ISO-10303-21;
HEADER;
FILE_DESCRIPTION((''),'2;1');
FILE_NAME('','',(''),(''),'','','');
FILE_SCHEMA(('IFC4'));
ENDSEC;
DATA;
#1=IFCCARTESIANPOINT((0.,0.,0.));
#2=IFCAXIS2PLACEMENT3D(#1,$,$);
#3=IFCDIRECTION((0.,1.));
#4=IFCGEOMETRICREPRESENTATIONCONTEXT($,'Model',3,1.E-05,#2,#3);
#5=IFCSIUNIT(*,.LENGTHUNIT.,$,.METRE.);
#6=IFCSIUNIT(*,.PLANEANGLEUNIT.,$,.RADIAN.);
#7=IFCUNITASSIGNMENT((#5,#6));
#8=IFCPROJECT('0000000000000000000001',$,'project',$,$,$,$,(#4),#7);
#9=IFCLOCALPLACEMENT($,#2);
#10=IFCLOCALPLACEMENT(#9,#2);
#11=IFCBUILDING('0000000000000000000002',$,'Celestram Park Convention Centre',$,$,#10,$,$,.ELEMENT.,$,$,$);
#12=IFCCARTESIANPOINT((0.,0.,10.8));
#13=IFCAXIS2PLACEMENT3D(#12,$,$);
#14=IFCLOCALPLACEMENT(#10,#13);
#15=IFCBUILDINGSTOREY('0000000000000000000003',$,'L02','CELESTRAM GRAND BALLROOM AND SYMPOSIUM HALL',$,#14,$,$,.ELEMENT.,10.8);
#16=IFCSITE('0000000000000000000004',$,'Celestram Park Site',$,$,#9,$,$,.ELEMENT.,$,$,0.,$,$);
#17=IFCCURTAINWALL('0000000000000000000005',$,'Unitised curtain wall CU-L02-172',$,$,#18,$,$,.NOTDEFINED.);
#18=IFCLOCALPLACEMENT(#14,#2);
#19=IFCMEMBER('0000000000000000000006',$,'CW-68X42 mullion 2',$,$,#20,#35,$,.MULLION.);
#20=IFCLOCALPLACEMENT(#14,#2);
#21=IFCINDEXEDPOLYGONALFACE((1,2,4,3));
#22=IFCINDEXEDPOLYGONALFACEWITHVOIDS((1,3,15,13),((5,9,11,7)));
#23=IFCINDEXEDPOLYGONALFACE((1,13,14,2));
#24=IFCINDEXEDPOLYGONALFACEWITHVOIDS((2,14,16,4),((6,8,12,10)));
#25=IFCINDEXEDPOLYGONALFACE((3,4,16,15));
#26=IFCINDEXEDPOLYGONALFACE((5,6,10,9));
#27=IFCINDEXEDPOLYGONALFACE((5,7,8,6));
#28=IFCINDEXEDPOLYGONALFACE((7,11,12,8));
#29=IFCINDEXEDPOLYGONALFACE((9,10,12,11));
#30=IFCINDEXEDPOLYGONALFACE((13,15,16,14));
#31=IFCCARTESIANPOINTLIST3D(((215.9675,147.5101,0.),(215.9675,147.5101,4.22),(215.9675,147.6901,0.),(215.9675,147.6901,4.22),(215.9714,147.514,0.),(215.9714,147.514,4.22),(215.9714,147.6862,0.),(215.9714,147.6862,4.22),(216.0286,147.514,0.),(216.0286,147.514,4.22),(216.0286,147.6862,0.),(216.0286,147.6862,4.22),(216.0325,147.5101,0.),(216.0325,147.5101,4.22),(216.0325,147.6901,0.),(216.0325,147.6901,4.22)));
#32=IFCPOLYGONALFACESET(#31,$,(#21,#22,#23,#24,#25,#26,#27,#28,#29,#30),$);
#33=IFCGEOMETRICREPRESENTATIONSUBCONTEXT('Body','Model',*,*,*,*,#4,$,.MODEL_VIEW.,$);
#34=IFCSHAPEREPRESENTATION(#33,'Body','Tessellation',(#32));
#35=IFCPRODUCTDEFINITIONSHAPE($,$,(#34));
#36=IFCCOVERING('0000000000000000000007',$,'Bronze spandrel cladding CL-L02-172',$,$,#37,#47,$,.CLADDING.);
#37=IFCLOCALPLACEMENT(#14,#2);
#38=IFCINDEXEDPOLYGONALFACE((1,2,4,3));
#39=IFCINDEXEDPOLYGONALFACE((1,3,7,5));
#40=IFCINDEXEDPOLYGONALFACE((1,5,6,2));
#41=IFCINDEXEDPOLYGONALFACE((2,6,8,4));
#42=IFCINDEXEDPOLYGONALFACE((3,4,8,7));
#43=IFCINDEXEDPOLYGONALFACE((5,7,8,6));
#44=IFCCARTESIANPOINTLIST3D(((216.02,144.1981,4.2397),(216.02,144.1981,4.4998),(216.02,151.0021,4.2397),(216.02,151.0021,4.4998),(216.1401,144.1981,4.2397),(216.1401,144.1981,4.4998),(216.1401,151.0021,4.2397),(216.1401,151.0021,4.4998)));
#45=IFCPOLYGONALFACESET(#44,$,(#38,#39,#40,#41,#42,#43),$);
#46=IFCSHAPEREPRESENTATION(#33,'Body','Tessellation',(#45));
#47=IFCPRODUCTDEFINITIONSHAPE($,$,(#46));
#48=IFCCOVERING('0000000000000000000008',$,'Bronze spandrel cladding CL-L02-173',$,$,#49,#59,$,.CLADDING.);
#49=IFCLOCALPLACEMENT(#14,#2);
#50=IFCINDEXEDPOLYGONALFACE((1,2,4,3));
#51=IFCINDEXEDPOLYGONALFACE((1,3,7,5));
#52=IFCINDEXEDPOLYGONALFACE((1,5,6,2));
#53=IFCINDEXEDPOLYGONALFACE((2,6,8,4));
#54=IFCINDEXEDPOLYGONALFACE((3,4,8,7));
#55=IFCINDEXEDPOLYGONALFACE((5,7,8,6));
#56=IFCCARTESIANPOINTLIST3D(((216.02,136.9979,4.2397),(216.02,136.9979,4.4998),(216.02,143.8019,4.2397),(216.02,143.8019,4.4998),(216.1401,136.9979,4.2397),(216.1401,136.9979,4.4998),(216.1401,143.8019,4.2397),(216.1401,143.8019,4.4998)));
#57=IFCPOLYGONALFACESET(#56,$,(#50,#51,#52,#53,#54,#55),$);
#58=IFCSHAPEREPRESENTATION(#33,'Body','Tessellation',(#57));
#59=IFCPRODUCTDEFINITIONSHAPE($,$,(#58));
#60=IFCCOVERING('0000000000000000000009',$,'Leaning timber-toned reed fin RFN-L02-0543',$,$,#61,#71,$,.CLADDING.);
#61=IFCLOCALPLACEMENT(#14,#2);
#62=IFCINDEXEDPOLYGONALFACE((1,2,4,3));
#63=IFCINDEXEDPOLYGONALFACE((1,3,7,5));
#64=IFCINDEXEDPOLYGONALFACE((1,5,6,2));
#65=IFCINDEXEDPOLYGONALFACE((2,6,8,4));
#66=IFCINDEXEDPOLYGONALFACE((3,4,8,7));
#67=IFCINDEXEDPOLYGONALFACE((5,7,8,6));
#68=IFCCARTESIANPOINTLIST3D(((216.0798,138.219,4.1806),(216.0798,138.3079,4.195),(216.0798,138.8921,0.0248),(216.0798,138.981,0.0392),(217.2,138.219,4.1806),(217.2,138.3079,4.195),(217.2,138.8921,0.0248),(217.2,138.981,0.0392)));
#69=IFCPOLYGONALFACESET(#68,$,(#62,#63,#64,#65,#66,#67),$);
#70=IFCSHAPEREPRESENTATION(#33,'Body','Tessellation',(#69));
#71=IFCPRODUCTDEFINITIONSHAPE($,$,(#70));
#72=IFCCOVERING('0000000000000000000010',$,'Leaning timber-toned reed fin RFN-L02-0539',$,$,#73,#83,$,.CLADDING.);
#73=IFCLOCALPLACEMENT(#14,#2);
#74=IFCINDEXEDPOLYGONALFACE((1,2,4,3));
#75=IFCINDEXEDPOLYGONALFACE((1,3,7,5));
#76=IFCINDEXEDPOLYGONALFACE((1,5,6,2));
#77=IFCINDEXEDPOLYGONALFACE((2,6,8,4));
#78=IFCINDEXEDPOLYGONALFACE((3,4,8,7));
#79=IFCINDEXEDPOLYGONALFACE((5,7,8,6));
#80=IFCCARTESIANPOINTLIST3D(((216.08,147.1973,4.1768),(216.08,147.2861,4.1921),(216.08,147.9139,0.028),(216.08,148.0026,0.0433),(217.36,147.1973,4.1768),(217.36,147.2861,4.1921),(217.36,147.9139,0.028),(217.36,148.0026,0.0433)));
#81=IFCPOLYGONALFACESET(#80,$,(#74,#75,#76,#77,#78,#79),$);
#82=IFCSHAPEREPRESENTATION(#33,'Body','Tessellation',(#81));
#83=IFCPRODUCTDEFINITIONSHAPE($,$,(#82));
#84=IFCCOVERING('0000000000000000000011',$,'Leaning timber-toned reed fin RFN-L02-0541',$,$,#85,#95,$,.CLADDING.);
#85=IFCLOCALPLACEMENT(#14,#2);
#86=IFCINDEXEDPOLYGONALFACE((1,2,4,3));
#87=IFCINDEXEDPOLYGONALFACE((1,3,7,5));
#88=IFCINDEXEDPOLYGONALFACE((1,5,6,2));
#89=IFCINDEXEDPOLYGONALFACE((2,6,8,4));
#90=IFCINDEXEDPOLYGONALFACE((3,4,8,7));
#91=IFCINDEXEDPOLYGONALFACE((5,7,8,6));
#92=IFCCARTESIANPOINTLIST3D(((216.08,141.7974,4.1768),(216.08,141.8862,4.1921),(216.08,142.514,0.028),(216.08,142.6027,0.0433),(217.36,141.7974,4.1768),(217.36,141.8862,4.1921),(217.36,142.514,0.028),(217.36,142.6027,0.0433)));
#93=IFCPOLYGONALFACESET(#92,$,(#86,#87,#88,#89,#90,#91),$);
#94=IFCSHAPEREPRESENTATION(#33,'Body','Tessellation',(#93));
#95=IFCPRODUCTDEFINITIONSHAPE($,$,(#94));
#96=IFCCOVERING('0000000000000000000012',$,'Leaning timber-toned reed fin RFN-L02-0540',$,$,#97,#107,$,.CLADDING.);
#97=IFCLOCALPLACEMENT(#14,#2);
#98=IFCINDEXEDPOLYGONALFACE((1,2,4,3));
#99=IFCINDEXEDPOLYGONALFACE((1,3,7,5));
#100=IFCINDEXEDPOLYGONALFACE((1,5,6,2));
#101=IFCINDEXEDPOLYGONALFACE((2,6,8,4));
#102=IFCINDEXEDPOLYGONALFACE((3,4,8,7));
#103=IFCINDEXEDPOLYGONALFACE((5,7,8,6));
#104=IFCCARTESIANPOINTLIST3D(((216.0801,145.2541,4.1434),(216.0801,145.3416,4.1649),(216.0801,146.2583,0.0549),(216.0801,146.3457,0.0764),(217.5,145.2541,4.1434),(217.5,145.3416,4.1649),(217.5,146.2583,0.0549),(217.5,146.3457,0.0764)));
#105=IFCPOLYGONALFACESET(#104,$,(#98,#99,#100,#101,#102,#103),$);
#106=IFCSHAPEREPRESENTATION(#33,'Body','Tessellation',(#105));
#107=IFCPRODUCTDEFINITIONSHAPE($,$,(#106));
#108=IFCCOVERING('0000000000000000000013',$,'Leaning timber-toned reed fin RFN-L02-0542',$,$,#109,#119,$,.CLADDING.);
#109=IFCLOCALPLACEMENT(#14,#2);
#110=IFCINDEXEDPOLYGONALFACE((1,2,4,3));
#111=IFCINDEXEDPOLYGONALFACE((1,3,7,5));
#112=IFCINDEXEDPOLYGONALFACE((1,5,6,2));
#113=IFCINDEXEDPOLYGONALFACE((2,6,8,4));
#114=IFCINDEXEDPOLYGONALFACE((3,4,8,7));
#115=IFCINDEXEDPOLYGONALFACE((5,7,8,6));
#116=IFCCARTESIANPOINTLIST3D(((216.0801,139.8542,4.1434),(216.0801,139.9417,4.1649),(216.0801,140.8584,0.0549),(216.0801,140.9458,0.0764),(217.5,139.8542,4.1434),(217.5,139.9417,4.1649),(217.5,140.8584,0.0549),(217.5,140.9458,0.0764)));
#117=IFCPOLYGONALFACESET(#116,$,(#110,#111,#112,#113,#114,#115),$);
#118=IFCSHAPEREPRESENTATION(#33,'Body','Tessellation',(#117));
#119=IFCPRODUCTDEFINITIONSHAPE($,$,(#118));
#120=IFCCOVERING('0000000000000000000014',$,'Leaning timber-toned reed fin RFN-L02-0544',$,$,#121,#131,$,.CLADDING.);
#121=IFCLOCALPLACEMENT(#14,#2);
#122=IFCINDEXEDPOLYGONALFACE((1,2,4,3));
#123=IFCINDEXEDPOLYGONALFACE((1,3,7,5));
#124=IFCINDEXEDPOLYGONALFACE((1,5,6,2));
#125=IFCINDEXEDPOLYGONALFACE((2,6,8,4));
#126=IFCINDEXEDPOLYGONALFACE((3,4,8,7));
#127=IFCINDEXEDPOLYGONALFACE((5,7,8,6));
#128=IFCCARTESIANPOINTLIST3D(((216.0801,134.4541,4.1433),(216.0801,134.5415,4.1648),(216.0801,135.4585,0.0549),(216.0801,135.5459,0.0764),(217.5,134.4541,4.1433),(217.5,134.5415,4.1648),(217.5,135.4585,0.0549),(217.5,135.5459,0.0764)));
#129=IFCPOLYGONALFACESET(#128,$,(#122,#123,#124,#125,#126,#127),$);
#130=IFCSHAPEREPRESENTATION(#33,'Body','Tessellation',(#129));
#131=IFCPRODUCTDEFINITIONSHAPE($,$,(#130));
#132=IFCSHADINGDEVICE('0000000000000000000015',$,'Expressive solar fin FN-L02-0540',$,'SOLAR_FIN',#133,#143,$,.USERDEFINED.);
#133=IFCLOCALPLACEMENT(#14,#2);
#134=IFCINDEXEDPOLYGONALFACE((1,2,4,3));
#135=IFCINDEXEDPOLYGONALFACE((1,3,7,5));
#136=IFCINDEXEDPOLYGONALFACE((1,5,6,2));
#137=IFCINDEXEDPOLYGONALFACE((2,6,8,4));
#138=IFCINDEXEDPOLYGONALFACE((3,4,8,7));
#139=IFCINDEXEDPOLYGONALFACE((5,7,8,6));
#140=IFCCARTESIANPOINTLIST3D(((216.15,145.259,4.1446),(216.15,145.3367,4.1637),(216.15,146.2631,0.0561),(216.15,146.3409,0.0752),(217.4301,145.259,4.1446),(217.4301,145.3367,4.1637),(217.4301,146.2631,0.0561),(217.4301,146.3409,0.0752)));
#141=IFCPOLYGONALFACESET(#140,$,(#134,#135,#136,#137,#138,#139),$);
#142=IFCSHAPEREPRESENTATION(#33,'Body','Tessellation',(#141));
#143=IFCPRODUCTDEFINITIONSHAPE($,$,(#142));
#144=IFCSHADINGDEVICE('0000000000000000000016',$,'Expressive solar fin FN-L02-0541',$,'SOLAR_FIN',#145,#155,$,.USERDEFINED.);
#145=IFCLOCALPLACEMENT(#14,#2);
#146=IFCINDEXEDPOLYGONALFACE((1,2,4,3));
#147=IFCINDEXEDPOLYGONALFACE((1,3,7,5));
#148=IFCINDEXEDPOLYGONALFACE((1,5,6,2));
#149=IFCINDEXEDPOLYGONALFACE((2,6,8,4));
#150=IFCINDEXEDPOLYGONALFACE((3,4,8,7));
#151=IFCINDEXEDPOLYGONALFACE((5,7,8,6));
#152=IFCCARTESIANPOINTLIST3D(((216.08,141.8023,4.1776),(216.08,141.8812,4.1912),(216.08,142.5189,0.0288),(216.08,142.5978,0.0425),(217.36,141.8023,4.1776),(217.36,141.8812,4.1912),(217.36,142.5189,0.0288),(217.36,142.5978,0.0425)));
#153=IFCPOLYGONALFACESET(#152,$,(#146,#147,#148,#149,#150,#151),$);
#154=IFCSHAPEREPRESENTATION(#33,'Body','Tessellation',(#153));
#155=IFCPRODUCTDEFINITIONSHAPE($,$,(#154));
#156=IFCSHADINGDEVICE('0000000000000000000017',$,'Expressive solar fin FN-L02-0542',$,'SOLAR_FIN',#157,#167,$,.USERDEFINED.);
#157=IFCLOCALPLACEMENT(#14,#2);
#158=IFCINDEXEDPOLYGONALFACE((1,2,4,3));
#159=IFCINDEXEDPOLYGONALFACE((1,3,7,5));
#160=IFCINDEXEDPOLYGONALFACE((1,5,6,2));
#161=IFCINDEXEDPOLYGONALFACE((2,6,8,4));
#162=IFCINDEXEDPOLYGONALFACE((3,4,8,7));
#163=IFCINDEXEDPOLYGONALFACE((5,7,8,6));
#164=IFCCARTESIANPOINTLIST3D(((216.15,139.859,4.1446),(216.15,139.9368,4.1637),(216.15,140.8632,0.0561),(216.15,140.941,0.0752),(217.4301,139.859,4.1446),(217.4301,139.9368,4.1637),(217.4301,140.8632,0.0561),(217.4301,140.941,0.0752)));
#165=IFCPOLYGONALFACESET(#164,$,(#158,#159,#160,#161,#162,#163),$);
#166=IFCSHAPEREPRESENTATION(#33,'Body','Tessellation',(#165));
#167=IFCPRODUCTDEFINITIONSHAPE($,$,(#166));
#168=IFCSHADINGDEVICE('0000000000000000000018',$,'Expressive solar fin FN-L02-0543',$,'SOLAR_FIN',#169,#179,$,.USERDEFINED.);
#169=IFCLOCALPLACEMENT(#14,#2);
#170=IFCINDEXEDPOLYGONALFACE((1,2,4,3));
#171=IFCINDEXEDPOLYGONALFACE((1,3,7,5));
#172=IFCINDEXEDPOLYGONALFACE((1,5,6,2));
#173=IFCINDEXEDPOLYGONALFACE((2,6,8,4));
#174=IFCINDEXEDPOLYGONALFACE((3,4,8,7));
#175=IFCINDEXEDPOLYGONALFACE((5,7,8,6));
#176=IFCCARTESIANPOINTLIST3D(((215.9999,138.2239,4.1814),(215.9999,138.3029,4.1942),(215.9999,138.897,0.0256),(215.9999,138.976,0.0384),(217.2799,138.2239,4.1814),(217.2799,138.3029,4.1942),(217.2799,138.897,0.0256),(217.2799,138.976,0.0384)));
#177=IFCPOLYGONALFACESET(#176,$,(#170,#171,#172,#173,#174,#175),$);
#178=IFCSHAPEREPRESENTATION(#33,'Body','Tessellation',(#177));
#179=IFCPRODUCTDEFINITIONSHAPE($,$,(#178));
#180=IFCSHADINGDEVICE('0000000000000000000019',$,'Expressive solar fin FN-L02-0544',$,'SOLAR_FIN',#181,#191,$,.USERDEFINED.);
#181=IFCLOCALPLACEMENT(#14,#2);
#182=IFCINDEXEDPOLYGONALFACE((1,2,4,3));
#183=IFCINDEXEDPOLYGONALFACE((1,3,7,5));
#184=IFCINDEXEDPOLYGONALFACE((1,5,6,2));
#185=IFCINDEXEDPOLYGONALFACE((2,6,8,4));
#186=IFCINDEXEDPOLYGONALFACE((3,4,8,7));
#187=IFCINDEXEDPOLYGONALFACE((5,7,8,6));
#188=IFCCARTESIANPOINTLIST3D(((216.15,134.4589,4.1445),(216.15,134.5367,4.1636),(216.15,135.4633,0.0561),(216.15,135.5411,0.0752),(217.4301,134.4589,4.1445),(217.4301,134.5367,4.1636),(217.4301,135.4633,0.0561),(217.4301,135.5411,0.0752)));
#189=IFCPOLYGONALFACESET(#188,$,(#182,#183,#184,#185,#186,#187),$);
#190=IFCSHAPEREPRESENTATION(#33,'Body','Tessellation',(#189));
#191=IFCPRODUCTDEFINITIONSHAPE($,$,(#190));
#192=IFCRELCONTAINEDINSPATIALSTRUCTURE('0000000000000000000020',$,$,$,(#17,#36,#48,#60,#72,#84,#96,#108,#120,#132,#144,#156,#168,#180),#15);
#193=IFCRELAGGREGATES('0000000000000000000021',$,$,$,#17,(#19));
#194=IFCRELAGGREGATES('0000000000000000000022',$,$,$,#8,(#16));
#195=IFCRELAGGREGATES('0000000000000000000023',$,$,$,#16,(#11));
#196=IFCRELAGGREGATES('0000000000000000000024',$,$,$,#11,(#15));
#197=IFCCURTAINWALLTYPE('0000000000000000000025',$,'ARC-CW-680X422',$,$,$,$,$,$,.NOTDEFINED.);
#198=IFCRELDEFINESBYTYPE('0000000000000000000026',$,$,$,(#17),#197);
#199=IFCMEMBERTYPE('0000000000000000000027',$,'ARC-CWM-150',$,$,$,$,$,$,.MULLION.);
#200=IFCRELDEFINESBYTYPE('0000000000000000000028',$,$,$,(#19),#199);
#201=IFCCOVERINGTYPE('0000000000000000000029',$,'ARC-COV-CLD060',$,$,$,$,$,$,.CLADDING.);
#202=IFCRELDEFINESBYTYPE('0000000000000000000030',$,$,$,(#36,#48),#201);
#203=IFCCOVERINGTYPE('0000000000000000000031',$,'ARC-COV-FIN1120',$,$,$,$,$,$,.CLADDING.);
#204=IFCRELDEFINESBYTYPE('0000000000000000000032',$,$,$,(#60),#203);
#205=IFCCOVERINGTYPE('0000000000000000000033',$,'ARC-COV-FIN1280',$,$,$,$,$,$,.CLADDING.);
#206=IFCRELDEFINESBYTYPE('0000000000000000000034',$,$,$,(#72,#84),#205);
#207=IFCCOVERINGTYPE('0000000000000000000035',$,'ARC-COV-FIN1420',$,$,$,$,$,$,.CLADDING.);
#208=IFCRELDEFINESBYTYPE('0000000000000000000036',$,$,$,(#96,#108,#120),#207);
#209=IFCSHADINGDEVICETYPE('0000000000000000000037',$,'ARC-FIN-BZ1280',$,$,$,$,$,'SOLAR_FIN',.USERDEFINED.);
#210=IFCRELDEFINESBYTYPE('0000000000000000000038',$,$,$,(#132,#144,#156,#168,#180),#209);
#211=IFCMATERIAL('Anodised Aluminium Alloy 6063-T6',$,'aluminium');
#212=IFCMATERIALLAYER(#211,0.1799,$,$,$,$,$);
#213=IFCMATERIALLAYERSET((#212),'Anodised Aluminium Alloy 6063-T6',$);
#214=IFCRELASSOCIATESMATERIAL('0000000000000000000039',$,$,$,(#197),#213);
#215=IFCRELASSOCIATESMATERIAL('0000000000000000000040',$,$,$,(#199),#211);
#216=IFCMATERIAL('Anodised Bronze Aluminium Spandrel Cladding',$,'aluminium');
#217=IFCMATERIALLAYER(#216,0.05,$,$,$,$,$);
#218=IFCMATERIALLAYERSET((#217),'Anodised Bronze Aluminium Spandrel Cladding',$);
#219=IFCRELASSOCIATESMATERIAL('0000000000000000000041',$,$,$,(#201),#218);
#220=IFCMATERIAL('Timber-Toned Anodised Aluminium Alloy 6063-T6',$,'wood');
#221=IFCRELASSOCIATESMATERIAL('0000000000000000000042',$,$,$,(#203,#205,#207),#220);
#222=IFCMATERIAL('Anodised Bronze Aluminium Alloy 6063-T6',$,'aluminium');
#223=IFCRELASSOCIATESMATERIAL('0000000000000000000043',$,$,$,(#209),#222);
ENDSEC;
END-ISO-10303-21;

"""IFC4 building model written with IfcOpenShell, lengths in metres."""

from ifc_helpers import new_model, si_unit, direction, frame, origin, origin_2d, place, context, subcontext, project, spatial, rectangle, hollow_rectangle, extrude, material, layer, layer_set, material_profile, profile_set, type_object, element, aggregate, save


model = new_model("IFC4")

# Units and contexts
model_context = context("Model", 3, precision=1e-05, world=origin(), true_north=direction((0.0, 1.0)))
body_context = subcontext(model_context, "Body", "Model", "MODEL_VIEW")
ifc_project = project(units=[si_unit("LENGTHUNIT", "METRE"), si_unit("PLANEANGLEUNIT", "RADIAN")], contexts=[model_context])

# Site, building, storey
site_placement = place(None, origin())
site = spatial("IfcSite", under=ifc_project, at=site_placement, Name="Celestram Park Site", CompositionType="ELEMENT", RefElevation=0.0)
building_placement = place(site_placement, origin())
building = spatial("IfcBuilding", under=site, at=building_placement, Name="Celestram Park Convention Centre", CompositionType="ELEMENT")
storey_placement = place(building_placement, frame((0.0, 0.0, 10.8)))
storey = spatial("IfcBuildingStorey", under=building, at=storey_placement, Name="L02", Description="CELESTRAM GRAND BALLROOM AND SYMPOSIUM HALL", CompositionType="ELEMENT", Elevation=10.8)

# Curtain wall, member
ifc_material_1 = material(Name="Anodised Aluminium Alloy 6063-T6", Category="aluminium")
ifc_layer_1 = layer(ifc_material_1, 0.1799)
ifc_layer_set_1 = layer_set([ifc_layer_1], Name="Anodised Aluminium Alloy 6063-T6")
curtain_wall_type = type_object("IfcCurtainWallType", Name="ARC-CW-680X422", PredefinedType="NOTDEFINED", material=ifc_layer_set_1)
curtain_wall_placement = place(storey_placement, origin())
curtain_wall = element("IfcCurtainWall", 1, at=curtain_wall_placement, inside=storey, type_object=curtain_wall_type, Name="Unitised curtain wall CU-L02-172", PredefinedType="NOTDEFINED")
ifc_material_profile_1 = material_profile(ifc_material_1, hollow_rectangle(XDim=0.0649, YDim=0.1799, WallThickness=0.0039, at=origin_2d()), Name="ALU65X180X4")
ifc_profile_set_1 = profile_set([ifc_material_profile_1], Name="Anodised Aluminium Alloy 6063-T6")
member_type = type_object("IfcMemberType", Name="ARC-CWM-150", PredefinedType="MULLION", material=ifc_profile_set_1)
member_placement = place(storey_placement, frame((216.0, 147.6001, 0.0), z_axis=(0.0, 0.0, 1.0), x_axis=(1.0, 0.0, 0.0)))
member = element("IfcMember", 2, at=member_placement, type_object=member_type, Name="CW-68X42 mullion 2", PredefinedType="MULLION", context=body_context, shape_type="SweptSolid", body=[
    extrude(hollow_rectangle(XDim=0.0649, YDim=0.1799, WallThickness=0.0039, at=origin_2d()), origin(), (0.0, 0.0, 1.0), 4.22),
])
aggregate(curtain_wall, [member])

# Coverings
ifc_material_2 = material(Name="Anodised Bronze Aluminium Spandrel Cladding", Category="aluminium")
ifc_layer_2 = layer(ifc_material_2, 0.05)
ifc_layer_set_2 = layer_set([ifc_layer_2], Name="Anodised Bronze Aluminium Spandrel Cladding")
covering_type_1 = type_object("IfcCoveringType", Name="ARC-COV-CLD060", PredefinedType="CLADDING", material=ifc_layer_set_2)
for number, where, z_axis, x_axis, name in (
    (3, (216.0801, 147.6001, 4.2397), (0.0, 0.0, 1.0), (0.0, -1.0, 0.0), "Bronze spandrel cladding CL-L02-172"),
    (4, (216.0801, 140.3999, 4.2397), (0.0, 0.0, 1.0), (0.0, -1.0, 0.0), "Bronze spandrel cladding CL-L02-173"),
):
    element("IfcCovering", number, at=place(storey_placement, frame(where, z_axis=z_axis, x_axis=x_axis)), inside=storey, type_object=covering_type_1, Name=name, PredefinedType="CLADDING", context=body_context, shape_type="SweptSolid", body=[
        extrude(rectangle(XDim=6.804, YDim=0.1201, at=origin_2d()), origin(), (0.0, 0.0, 1.0), 0.26),
    ])
ifc_material_3 = material(Name="Timber-Toned Anodised Aluminium Alloy 6063-T6", Category="wood")
ifc_material_profile_2 = material_profile(ifc_material_3, rectangle(XDim=1.1201, YDim=0.0901, at=origin_2d()), Name="REED1120X90")
ifc_profile_set_2 = profile_set([ifc_material_profile_2], Name="Timber-Toned Anodised Aluminium Alloy 6063-T6")
covering_type_2 = type_object("IfcCoveringType", Name="ARC-COV-FIN1120", PredefinedType="CLADDING", material=ifc_profile_set_2)
covering_placement = place(storey_placement, frame((216.6399, 138.9365, 0.032), z_axis=(0.0, -0.159883, 0.987136), x_axis=(1.0, 0.0, 0.0)))
element("IfcCovering", 5, at=covering_placement, inside=storey, type_object=covering_type_2, Name="Leaning timber-toned reed fin RFN-L02-0543", PredefinedType="CLADDING", context=body_context, shape_type="SweptSolid", body=[
    extrude(rectangle(XDim=1.1201, YDim=0.0901, at=origin_2d()), origin(), (0.0, 0.0, 1.0), 4.21),
])
ifc_material_profile_3 = material_profile(ifc_material_3, rectangle(XDim=1.28, YDim=0.0901, at=origin_2d()), Name="REED1280X90")
ifc_profile_set_3 = profile_set([ifc_material_profile_3], Name="Timber-Toned Anodised Aluminium Alloy 6063-T6")
covering_type_3 = type_object("IfcCoveringType", Name="ARC-COV-FIN1280", PredefinedType="CLADDING", material=ifc_profile_set_3)
for number, where, z_axis, x_axis, name in (
    (6, (216.72, 147.9583, 0.0356), (0.0, -0.170198, 0.98541), (1.0, 0.0, 0.0), "Leaning timber-toned reed fin RFN-L02-0539"),
    (7, (216.72, 142.5583, 0.0356), (0.0, -0.170198, 0.98541), (1.0, 0.0, 0.0), "Leaning timber-toned reed fin RFN-L02-0541"),
):
    element("IfcCovering", number, at=place(storey_placement, frame(where, z_axis=z_axis, x_axis=x_axis)), inside=storey, type_object=covering_type_3, Name=name, PredefinedType="CLADDING", context=body_context, shape_type="SweptSolid", body=[
        extrude(rectangle(XDim=1.28, YDim=0.0901, at=origin_2d()), origin(), (0.0, 0.0, 1.0), 4.2102),
    ])
ifc_material_profile_4 = material_profile(ifc_material_3, rectangle(XDim=1.4199, YDim=0.0901, at=origin_2d()), Name="REED1420X90")
ifc_profile_set_4 = profile_set([ifc_material_profile_4], Name="Timber-Toned Anodised Aluminium Alloy 6063-T6")
covering_type_4 = type_object("IfcCoveringType", Name="ARC-COV-FIN1420", PredefinedType="CLADDING", material=ifc_profile_set_4)
for number, where, z_axis, x_axis, name in (
    (8, (216.79, 146.302, 0.0657), (0.0, -0.238522, 0.971137), (1.0, 0.0, 0.0), "Leaning timber-toned reed fin RFN-L02-0540"),
    (9, (216.79, 140.9021, 0.0657), (0.0, -0.238522, 0.971137), (1.0, 0.0, 0.0), "Leaning timber-toned reed fin RFN-L02-0542"),
    (10, (216.79, 135.5022, 0.0657), (0.0, -0.238577, 0.971124), (1.0, 0.0, 0.0), "Leaning timber-toned reed fin RFN-L02-0544"),
):
    element("IfcCovering", number, at=place(storey_placement, frame(where, z_axis=z_axis, x_axis=x_axis)), inside=storey, type_object=covering_type_4, Name=name, PredefinedType="CLADDING", context=body_context, shape_type="SweptSolid", body=[
        extrude(rectangle(XDim=1.4199, YDim=0.0901, at=origin_2d()), origin(), (0.0, 0.0, 1.0), 4.21),
    ])

# Shading devices
ifc_material_4 = material(Name="Anodised Bronze Aluminium Alloy 6063-T6", Category="aluminium")
ifc_material_profile_5 = material_profile(ifc_material_4, rectangle(XDim=1.28, YDim=0.0801, at=origin_2d()), Name="FIN1280X80")
ifc_profile_set_5 = profile_set([ifc_material_profile_5], Name="Anodised Bronze Aluminium Alloy 6063-T6")
shading_device_type = type_object("IfcShadingDeviceType", Name="ARC-FIN-BZ1280", ElementType="SOLAR_FIN", PredefinedType="USERDEFINED", material=ifc_profile_set_5)
shading_device_1_placement = place(storey_placement, frame((216.79, 146.302, 0.0657), z_axis=(0.0, -0.238522, 0.971137), x_axis=(1.0, 0.0, 0.0)))
element("IfcShadingDevice", 11, at=shading_device_1_placement, inside=storey, type_object=shading_device_type, Name="Expressive solar fin FN-L02-0540", ObjectType="SOLAR_FIN", PredefinedType="USERDEFINED", context=body_context, shape_type="SweptSolid", body=[
    extrude(rectangle(XDim=1.28, YDim=0.0801, at=origin_2d()), origin(), (0.0, 0.0, 1.0), 4.21),
])
shading_device_2_placement = place(storey_placement, frame((216.72, 142.5583, 0.0356), z_axis=(0.0, -0.170198, 0.98541), x_axis=(1.0, 0.0, 0.0)))
element("IfcShadingDevice", 12, at=shading_device_2_placement, inside=storey, type_object=shading_device_type, Name="Expressive solar fin FN-L02-0541", ObjectType="SOLAR_FIN", PredefinedType="USERDEFINED", context=body_context, shape_type="SweptSolid", body=[
    extrude(rectangle(XDim=1.28, YDim=0.0801, at=origin_2d()), origin(), (0.0, 0.0, 1.0), 4.2102),
])
for number, where, z_axis, x_axis, name in (
    (13, (216.79, 140.9021, 0.0657), (0.0, -0.238522, 0.971137), (1.0, 0.0, 0.0), "Expressive solar fin FN-L02-0542"),
    (14, (216.6399, 138.9365, 0.032), (0.0, -0.159883, 0.987136), (1.0, 0.0, 0.0), "Expressive solar fin FN-L02-0543"),
    (15, (216.79, 135.5022, 0.0657), (0.0, -0.238577, 0.971124), (1.0, 0.0, 0.0), "Expressive solar fin FN-L02-0544"),
):
    element("IfcShadingDevice", number, at=place(storey_placement, frame(where, z_axis=z_axis, x_axis=x_axis)), inside=storey, type_object=shading_device_type, Name=name, ObjectType="SOLAR_FIN", PredefinedType="USERDEFINED", context=body_context, shape_type="SweptSolid", body=[
        extrude(rectangle(XDim=1.28, YDim=0.0801, at=origin_2d()), origin(), (0.0, 0.0, 1.0), 4.21),
    ])

save(model, "model.ifc")
